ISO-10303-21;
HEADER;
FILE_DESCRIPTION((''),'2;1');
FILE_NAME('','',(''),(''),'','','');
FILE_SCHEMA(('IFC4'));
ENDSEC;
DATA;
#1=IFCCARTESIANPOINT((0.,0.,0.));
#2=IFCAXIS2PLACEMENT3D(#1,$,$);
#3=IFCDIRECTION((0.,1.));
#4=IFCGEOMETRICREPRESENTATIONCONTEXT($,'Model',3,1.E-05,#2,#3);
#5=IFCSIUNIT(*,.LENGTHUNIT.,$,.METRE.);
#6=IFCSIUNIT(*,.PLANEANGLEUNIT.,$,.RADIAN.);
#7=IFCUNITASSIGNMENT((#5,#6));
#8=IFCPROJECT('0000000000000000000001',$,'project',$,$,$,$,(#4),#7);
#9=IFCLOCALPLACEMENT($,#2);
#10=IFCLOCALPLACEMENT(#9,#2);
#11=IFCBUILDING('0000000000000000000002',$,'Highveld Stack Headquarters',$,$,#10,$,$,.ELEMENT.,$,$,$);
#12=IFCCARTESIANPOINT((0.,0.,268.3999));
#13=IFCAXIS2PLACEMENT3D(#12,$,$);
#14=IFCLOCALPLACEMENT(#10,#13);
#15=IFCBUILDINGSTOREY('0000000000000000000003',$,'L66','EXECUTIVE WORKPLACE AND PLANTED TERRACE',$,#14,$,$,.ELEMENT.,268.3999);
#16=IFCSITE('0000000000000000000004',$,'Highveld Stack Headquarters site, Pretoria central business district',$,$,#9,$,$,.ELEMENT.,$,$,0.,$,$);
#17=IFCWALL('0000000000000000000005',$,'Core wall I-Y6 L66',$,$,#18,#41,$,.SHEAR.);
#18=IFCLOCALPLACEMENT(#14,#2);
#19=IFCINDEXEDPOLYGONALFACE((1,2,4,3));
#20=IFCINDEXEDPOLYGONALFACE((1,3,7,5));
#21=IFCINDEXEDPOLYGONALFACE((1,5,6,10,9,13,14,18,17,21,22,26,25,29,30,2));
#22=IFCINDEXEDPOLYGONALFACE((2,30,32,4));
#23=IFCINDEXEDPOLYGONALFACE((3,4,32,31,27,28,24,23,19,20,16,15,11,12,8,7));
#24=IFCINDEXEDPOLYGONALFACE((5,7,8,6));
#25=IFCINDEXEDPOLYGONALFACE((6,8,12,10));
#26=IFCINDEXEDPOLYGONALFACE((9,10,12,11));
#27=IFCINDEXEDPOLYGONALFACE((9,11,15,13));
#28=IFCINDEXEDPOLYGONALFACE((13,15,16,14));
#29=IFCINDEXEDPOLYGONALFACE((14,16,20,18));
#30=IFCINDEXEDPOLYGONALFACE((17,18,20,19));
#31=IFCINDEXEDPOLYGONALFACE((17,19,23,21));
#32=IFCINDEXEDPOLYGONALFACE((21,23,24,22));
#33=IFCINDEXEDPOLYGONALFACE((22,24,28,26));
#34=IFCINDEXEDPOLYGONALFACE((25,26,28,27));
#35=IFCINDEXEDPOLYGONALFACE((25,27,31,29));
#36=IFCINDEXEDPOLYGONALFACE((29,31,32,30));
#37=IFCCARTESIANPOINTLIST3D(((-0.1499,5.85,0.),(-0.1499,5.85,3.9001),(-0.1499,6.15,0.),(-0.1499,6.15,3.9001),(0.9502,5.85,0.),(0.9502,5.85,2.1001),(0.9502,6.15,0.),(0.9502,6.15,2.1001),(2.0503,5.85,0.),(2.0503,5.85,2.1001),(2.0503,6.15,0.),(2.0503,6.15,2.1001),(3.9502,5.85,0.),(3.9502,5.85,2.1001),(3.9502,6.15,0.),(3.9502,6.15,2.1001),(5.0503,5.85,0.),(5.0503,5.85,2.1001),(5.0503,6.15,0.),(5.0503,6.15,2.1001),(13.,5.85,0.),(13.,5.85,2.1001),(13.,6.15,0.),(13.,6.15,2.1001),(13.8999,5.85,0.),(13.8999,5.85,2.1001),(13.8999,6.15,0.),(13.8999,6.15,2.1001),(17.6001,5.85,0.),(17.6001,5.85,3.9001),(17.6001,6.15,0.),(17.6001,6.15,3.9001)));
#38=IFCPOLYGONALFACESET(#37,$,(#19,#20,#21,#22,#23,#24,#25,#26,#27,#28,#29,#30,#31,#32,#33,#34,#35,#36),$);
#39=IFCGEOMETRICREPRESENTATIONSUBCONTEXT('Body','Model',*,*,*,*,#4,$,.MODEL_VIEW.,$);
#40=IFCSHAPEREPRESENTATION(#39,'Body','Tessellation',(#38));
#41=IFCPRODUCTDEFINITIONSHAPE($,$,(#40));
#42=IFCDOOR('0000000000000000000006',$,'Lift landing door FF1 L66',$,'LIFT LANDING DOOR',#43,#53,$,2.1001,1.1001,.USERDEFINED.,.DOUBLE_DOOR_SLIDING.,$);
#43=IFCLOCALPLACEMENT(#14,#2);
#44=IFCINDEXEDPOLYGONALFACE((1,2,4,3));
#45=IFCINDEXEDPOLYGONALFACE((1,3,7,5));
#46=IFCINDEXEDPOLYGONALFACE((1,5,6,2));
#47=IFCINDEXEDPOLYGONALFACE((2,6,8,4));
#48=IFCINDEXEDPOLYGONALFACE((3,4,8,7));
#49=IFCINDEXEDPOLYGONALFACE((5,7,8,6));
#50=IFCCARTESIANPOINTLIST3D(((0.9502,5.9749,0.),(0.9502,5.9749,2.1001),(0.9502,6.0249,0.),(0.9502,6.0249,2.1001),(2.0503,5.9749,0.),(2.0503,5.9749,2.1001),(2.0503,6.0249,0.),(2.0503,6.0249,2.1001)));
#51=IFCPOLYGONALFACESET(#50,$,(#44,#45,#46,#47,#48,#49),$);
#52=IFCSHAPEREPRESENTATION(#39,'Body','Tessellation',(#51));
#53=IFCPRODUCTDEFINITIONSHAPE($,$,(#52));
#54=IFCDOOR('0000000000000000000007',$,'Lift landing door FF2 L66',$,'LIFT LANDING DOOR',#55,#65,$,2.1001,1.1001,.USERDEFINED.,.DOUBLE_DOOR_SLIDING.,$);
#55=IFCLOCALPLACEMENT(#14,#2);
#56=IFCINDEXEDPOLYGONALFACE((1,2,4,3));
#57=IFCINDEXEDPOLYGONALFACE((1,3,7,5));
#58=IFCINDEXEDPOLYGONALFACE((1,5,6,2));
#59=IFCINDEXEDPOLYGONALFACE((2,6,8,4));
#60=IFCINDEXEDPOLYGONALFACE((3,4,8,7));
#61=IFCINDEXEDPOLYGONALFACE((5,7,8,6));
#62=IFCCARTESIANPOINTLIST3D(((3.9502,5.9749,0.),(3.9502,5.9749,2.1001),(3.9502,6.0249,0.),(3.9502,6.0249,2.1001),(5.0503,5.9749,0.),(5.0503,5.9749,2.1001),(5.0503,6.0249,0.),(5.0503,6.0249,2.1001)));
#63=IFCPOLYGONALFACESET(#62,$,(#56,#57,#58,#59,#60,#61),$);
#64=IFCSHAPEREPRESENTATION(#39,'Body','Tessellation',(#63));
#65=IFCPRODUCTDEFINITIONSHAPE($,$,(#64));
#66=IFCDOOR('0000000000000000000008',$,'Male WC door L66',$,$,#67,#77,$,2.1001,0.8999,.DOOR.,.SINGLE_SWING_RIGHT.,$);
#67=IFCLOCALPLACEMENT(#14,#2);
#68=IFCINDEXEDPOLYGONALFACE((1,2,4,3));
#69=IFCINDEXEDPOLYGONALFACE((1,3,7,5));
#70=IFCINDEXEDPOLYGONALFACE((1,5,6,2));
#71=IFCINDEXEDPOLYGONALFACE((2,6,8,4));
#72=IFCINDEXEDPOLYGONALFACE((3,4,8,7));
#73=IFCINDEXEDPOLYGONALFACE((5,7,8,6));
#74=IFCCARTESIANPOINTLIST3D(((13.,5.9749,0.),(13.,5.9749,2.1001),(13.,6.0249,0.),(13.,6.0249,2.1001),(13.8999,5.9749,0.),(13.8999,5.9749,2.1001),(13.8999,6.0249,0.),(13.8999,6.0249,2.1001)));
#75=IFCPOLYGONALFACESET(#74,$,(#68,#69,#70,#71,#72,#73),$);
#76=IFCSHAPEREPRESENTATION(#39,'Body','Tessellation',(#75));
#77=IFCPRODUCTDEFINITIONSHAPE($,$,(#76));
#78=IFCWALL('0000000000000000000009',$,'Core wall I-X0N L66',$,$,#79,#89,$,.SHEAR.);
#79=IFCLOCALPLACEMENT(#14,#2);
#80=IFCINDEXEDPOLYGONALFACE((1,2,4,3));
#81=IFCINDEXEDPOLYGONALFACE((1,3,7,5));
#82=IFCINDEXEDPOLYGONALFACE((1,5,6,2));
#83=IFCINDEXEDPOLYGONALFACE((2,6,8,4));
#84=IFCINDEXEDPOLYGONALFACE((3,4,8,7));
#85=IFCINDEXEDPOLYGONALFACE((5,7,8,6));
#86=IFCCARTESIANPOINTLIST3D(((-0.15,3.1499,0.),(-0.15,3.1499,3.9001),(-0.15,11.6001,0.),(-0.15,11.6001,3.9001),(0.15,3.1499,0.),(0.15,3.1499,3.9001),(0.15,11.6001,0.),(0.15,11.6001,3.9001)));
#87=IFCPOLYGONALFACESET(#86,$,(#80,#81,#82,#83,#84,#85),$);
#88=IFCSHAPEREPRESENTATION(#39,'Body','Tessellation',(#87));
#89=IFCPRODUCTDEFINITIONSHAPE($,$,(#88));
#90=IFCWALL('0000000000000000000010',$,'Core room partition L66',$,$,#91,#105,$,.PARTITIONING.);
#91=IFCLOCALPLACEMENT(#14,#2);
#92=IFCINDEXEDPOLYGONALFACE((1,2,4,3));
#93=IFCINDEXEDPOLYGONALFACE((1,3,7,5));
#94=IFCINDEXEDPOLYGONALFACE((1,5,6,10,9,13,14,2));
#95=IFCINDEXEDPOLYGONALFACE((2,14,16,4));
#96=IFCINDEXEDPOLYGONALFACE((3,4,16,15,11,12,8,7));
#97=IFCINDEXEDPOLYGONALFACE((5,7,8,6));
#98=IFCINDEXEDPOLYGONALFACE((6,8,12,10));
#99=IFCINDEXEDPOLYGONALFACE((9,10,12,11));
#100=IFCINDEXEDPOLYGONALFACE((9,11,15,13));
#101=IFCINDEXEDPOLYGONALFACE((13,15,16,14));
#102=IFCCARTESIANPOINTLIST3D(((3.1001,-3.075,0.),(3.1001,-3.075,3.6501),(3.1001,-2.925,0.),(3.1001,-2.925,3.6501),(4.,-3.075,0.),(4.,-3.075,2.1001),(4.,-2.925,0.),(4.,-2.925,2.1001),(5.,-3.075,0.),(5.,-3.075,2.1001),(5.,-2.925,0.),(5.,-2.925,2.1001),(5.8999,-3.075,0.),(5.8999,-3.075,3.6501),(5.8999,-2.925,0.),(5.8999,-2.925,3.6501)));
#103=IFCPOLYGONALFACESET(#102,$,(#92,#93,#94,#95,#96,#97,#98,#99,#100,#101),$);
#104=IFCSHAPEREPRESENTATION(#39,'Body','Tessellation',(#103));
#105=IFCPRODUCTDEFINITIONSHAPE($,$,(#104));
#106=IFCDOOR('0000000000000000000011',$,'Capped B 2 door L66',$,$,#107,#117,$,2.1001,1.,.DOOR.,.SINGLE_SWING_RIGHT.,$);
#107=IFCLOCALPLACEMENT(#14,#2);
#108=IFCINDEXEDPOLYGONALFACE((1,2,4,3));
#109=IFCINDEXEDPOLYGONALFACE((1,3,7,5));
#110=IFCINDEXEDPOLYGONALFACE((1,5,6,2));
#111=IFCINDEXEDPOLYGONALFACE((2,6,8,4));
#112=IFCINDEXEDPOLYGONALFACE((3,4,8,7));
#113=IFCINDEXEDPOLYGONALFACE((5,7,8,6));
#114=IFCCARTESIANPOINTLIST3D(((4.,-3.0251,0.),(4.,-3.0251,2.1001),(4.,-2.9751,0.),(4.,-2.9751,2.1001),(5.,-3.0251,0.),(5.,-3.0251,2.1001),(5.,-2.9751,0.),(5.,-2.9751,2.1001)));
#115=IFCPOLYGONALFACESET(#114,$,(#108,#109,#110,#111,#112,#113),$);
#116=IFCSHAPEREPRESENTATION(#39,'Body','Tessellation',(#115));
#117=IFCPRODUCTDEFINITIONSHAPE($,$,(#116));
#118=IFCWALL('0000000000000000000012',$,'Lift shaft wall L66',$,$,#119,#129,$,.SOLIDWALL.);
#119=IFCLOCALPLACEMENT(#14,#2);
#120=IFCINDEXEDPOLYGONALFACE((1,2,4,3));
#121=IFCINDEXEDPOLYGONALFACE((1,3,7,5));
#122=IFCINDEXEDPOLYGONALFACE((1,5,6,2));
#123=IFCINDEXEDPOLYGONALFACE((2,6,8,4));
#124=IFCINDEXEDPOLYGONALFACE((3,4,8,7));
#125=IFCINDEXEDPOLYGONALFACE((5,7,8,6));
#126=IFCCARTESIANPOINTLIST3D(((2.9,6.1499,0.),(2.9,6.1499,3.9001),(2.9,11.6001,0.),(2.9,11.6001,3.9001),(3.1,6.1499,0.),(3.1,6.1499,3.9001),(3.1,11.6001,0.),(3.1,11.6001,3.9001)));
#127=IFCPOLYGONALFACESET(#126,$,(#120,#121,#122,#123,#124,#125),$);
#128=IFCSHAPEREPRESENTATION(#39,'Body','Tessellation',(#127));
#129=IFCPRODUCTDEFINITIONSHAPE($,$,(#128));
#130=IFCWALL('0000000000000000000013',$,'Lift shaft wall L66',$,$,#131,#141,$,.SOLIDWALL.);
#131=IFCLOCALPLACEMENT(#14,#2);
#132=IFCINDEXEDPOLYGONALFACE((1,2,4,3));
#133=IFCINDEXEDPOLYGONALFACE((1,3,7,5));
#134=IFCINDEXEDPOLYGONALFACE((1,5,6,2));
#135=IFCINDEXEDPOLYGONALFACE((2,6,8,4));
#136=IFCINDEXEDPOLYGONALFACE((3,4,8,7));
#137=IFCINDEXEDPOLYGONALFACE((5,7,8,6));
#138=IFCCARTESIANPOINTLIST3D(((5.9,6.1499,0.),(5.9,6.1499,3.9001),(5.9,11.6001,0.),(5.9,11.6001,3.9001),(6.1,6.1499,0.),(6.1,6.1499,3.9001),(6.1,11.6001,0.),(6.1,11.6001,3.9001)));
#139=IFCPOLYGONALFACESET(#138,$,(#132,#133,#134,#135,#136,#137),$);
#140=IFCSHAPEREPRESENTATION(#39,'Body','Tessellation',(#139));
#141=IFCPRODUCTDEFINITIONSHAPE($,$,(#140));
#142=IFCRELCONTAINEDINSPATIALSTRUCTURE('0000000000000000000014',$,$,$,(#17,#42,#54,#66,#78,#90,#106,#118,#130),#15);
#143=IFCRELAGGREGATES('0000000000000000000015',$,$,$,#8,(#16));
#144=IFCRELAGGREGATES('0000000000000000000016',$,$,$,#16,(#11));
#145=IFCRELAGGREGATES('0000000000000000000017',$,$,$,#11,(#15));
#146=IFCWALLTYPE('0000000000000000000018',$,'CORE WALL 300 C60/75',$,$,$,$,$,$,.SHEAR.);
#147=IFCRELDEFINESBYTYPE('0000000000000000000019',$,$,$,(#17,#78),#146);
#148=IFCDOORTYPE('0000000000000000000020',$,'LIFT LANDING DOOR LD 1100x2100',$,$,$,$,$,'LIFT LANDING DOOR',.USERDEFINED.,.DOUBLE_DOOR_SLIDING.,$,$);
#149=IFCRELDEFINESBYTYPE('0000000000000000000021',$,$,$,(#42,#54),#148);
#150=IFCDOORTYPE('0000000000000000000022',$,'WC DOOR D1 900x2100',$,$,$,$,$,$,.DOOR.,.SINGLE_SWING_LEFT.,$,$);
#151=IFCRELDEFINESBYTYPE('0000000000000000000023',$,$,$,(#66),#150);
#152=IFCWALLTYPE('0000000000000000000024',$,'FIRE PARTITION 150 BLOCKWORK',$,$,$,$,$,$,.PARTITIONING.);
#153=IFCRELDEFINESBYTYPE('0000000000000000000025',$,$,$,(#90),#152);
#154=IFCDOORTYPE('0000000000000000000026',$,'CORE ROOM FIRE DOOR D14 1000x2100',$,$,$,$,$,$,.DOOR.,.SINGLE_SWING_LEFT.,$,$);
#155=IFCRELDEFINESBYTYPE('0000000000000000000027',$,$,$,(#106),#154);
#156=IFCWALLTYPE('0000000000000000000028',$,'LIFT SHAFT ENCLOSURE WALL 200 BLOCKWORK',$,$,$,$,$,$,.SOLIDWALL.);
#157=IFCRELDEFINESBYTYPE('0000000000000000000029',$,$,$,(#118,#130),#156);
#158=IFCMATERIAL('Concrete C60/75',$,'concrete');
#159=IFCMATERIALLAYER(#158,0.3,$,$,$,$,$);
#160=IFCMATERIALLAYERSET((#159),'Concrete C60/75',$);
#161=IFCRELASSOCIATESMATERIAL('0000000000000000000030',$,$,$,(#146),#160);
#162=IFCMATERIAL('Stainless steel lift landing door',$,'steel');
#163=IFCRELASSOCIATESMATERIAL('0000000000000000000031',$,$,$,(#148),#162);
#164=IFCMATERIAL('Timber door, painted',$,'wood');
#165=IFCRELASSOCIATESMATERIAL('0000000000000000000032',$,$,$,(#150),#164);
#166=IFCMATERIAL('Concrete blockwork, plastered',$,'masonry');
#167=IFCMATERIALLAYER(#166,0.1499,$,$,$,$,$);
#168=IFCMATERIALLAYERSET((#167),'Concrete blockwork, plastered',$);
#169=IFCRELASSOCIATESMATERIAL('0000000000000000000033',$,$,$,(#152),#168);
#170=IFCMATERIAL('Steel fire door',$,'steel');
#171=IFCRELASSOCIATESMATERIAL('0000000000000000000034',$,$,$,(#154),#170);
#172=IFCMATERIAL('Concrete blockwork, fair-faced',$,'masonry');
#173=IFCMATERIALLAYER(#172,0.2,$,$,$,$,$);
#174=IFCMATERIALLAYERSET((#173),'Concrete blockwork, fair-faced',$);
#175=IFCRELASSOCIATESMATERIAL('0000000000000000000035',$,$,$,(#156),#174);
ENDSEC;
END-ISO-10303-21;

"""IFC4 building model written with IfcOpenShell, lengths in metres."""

from ifc_helpers import new_model, si_unit, direction, frame, frame_2d, origin, place, context, subcontext, project, spatial, rectangle, extrude, material, layer, layer_set, type_object, element, fill, save


model = new_model("IFC4")

# Units and contexts
model_context = context("Model", 3, precision=1e-05, world=origin(), true_north=direction((0.0, 1.0)))
body_context = subcontext(model_context, "Body", "Model", "MODEL_VIEW")
ifc_project = project(units=[si_unit("LENGTHUNIT", "METRE"), si_unit("PLANEANGLEUNIT", "RADIAN")], contexts=[model_context])

# Site, building, storey
site_placement = place(None, origin())
site = spatial("IfcSite", under=ifc_project, at=site_placement, Name="Highveld Stack Headquarters site, Pretoria central business district", CompositionType="ELEMENT", RefElevation=0.0)
building_placement = place(site_placement, origin())
building = spatial("IfcBuilding", under=site, at=building_placement, Name="Highveld Stack Headquarters", CompositionType="ELEMENT")
storey_placement = place(building_placement, frame((0.0, 0.0, 268.3999)))
storey = spatial("IfcBuildingStorey", under=building, at=storey_placement, Name="L66", Description="EXECUTIVE WORKPLACE AND PLANTED TERRACE", CompositionType="ELEMENT", Elevation=268.3999)

# Wall, openings, doors
ifc_material_1 = material(Name="Concrete C60/75", Category="concrete")
ifc_layer_1 = layer(ifc_material_1, 0.3)
ifc_layer_set_1 = layer_set([ifc_layer_1], Name="Concrete C60/75")
wall_type_1 = type_object("IfcWallType", Name="CORE WALL 300 C60/75", PredefinedType="SHEAR", material=ifc_layer_set_1)
wall_1_placement = place(storey_placement, frame((-0.1499, 6.0, 0.0), z_axis=(0.0, 0.0, 1.0), x_axis=(1.0, 0.0, 0.0)))
wall_1 = element("IfcWall", 1, at=wall_1_placement, inside=storey, type_object=wall_type_1, Name="Core wall I-Y6 L66", PredefinedType="SHEAR", context=body_context, shape_type="SweptSolid", body=[
    extrude(rectangle(XDim=17.75, YDim=0.3, at=frame_2d((8.875, 0.0))), origin(), (0.0, 0.0, 1.0), 3.9001),
])
opening_1_placement = place(wall_1_placement, frame((13.1499, 0.0, 0.0)))
opening_1 = element("IfcOpeningElement", 2, at=opening_1_placement, cuts=wall_1, PredefinedType="OPENING", context=body_context, shape_type="SweptSolid", body=[
    extrude(rectangle(XDim=0.8999, YDim=2.1001, at=frame_2d((0.45, 1.05))), frame((0.0, 0.1599, 0.0), z_axis=(0.0, -1.0, 0.0), x_axis=(1.0, 0.0, 0.0)), (0.0, 0.0, 1.0), 0.3201),
])
opening_2_placement = place(wall_1_placement, frame((1.1001, 0.0, 0.0)))
opening_2 = element("IfcOpeningElement", 3, at=opening_2_placement, cuts=wall_1, PredefinedType="OPENING", context=body_context, shape_type="SweptSolid", body=[
    extrude(rectangle(XDim=1.1001, YDim=2.1001, at=frame_2d((0.55, 1.05))), frame((0.0, 0.1599, 0.0), z_axis=(0.0, -1.0, 0.0), x_axis=(1.0, 0.0, 0.0)), (0.0, 0.0, 1.0), 0.3201),
])
opening_3_placement = place(wall_1_placement, frame((4.1001, 0.0, 0.0)))
opening_3 = element("IfcOpeningElement", 4, at=opening_3_placement, cuts=wall_1, PredefinedType="OPENING", context=body_context, shape_type="SweptSolid", body=[
    extrude(rectangle(XDim=1.1001, YDim=2.1001, at=frame_2d((0.55, 1.05))), frame((0.0, 0.1599, 0.0), z_axis=(0.0, -1.0, 0.0), x_axis=(1.0, 0.0, 0.0)), (0.0, 0.0, 1.0), 0.3201),
])
ifc_material_2 = material(Name="Stainless steel lift landing door", Category="steel")
door_type_1 = type_object("IfcDoorType", Name="LIFT LANDING DOOR LD 1100x2100", ElementType="LIFT LANDING DOOR", OperationType="DOUBLE_DOOR_SLIDING", PredefinedType="USERDEFINED", material=ifc_material_2)
door_1_placement = place(opening_2_placement, origin())
door_1 = element("IfcDoor", 5, at=door_1_placement, inside=storey, type_object=door_type_1, Name="Lift landing door FF1 L66", ObjectType="LIFT LANDING DOOR", OperationType="DOUBLE_DOOR_SLIDING", OverallHeight=2.1001, OverallWidth=1.1001, PredefinedType="USERDEFINED", context=body_context, shape_type="SweptSolid", body=[
    extrude(rectangle(XDim=1.1001, YDim=2.1001, at=frame_2d((0.55, 1.05))), frame((0.0, 0.0249, 0.0), z_axis=(0.0, -1.0, 0.0), x_axis=(1.0, 0.0, 0.0)), (0.0, 0.0, 1.0), 0.05),
])
fill(opening_2, door_1)
door_2_placement = place(opening_3_placement, origin())
door_2 = element("IfcDoor", 6, at=door_2_placement, inside=storey, type_object=door_type_1, Name="Lift landing door FF2 L66", ObjectType="LIFT LANDING DOOR", OperationType="DOUBLE_DOOR_SLIDING", OverallHeight=2.1001, OverallWidth=1.1001, PredefinedType="USERDEFINED", context=body_context, shape_type="SweptSolid", body=[
    extrude(rectangle(XDim=1.1001, YDim=2.1001, at=frame_2d((0.55, 1.05))), frame((0.0, 0.0249, 0.0), z_axis=(0.0, -1.0, 0.0), x_axis=(1.0, 0.0, 0.0)), (0.0, 0.0, 1.0), 0.05),
])
fill(opening_3, door_2)
ifc_material_3 = material(Name="Timber door, painted", Category="wood")
door_type_2 = type_object("IfcDoorType", Name="WC DOOR D1 900x2100", OperationType="SINGLE_SWING_LEFT", PredefinedType="DOOR", material=ifc_material_3)
door_3_placement = place(opening_1_placement, origin())
door_3 = element("IfcDoor", 7, at=door_3_placement, inside=storey, type_object=door_type_2, Name="Male WC door L66", OperationType="SINGLE_SWING_RIGHT", OverallHeight=2.1001, OverallWidth=0.8999, PredefinedType="DOOR", context=body_context, shape_type="SweptSolid", body=[
    extrude(rectangle(XDim=0.8999, YDim=2.1001, at=frame_2d((0.45, 1.05))), frame((0.0, 0.0249, 0.0), z_axis=(0.0, -1.0, 0.0), x_axis=(1.0, 0.0, 0.0)), (0.0, 0.0, 1.0), 0.05),
])
fill(opening_1, door_3)

# Wall
wall_2_placement = place(storey_placement, frame((0.0, 3.1499, 0.0), z_axis=(0.0, 0.0, 1.0), x_axis=(0.0, 1.0, 0.0)))
element("IfcWall", 8, at=wall_2_placement, inside=storey, type_object=wall_type_1, Name="Core wall I-X0N L66", PredefinedType="SHEAR", context=body_context, shape_type="SweptSolid", body=[
    extrude(rectangle(XDim=8.4502, YDim=0.3, at=frame_2d((4.2251, 0.0))), origin(), (0.0, 0.0, 1.0), 3.9001),
])

# Wall, opening, door
ifc_material_4 = material(Name="Concrete blockwork, plastered", Category="masonry")
ifc_layer_2 = layer(ifc_material_4, 0.1499)
ifc_layer_set_2 = layer_set([ifc_layer_2], Name="Concrete blockwork, plastered")
wall_type_2 = type_object("IfcWallType", Name="FIRE PARTITION 150 BLOCKWORK", PredefinedType="PARTITIONING", material=ifc_layer_set_2)
wall_3_placement = place(storey_placement, frame((3.1001, -3.0, 0.0), z_axis=(0.0, 0.0, 1.0), x_axis=(1.0, 0.0, 0.0)))
wall_3 = element("IfcWall", 9, at=wall_3_placement, inside=storey, type_object=wall_type_2, Name="Core room partition L66", PredefinedType="PARTITIONING", context=body_context, shape_type="SweptSolid", body=[
    extrude(rectangle(XDim=2.7998, YDim=0.1499, at=frame_2d((1.3999, 0.0))), origin(), (0.0, 0.0, 1.0), 3.6501),
])
opening_4_placement = place(wall_3_placement, frame((0.8999, 0.0, 0.0)))
opening_4 = element("IfcOpeningElement", 10, at=opening_4_placement, cuts=wall_3, PredefinedType="OPENING", context=body_context, shape_type="SweptSolid", body=[
    extrude(rectangle(XDim=1.0, YDim=2.1001, at=frame_2d((0.5, 1.05))), frame((0.0, 0.085, 0.0), z_axis=(0.0, -1.0, 0.0), x_axis=(1.0, 0.0, 0.0)), (0.0, 0.0, 1.0), 0.1699),
])
ifc_material_5 = material(Name="Steel fire door", Category="steel")
door_type_3 = type_object("IfcDoorType", Name="CORE ROOM FIRE DOOR D14 1000x2100", OperationType="SINGLE_SWING_LEFT", PredefinedType="DOOR", material=ifc_material_5)
door_4_placement = place(opening_4_placement, origin())
door_4 = element("IfcDoor", 11, at=door_4_placement, inside=storey, type_object=door_type_3, Name="Capped B 2 door L66", OperationType="SINGLE_SWING_RIGHT", OverallHeight=2.1001, OverallWidth=1.0, PredefinedType="DOOR", context=body_context, shape_type="SweptSolid", body=[
    extrude(rectangle(XDim=1.0, YDim=2.1001, at=frame_2d((0.5, 1.05))), frame((0.0, 0.0249, 0.0), z_axis=(0.0, -1.0, 0.0), x_axis=(1.0, 0.0, 0.0)), (0.0, 0.0, 1.0), 0.05),
])
fill(opening_4, door_4)

# Walls
ifc_material_6 = material(Name="Concrete blockwork, fair-faced", Category="masonry")
ifc_layer_3 = layer(ifc_material_6, 0.2)
ifc_layer_set_3 = layer_set([ifc_layer_3], Name="Concrete blockwork, fair-faced")
wall_type_3 = type_object("IfcWallType", Name="LIFT SHAFT ENCLOSURE WALL 200 BLOCKWORK", PredefinedType="SOLIDWALL", material=ifc_layer_set_3)
for number, where, z_axis, x_axis, name in (
    (12, (3.0, 6.1499, 0.0), (0.0, 0.0, 1.0), (0.0, 1.0, 0.0), "Lift shaft wall L66"),
    (13, (6.0, 6.1499, 0.0), (0.0, 0.0, 1.0), (0.0, 1.0, 0.0), "Lift shaft wall L66"),
):
    element("IfcWall", number, at=place(storey_placement, frame(where, z_axis=z_axis, x_axis=x_axis)), inside=storey, type_object=wall_type_3, Name=name, PredefinedType="SOLIDWALL", context=body_context, shape_type="SweptSolid", body=[
        extrude(rectangle(XDim=5.4502, YDim=0.2, at=frame_2d((2.7251, 0.0))), origin(), (0.0, 0.0, 1.0), 3.9001),
    ])

save(model, "model.ifc")
